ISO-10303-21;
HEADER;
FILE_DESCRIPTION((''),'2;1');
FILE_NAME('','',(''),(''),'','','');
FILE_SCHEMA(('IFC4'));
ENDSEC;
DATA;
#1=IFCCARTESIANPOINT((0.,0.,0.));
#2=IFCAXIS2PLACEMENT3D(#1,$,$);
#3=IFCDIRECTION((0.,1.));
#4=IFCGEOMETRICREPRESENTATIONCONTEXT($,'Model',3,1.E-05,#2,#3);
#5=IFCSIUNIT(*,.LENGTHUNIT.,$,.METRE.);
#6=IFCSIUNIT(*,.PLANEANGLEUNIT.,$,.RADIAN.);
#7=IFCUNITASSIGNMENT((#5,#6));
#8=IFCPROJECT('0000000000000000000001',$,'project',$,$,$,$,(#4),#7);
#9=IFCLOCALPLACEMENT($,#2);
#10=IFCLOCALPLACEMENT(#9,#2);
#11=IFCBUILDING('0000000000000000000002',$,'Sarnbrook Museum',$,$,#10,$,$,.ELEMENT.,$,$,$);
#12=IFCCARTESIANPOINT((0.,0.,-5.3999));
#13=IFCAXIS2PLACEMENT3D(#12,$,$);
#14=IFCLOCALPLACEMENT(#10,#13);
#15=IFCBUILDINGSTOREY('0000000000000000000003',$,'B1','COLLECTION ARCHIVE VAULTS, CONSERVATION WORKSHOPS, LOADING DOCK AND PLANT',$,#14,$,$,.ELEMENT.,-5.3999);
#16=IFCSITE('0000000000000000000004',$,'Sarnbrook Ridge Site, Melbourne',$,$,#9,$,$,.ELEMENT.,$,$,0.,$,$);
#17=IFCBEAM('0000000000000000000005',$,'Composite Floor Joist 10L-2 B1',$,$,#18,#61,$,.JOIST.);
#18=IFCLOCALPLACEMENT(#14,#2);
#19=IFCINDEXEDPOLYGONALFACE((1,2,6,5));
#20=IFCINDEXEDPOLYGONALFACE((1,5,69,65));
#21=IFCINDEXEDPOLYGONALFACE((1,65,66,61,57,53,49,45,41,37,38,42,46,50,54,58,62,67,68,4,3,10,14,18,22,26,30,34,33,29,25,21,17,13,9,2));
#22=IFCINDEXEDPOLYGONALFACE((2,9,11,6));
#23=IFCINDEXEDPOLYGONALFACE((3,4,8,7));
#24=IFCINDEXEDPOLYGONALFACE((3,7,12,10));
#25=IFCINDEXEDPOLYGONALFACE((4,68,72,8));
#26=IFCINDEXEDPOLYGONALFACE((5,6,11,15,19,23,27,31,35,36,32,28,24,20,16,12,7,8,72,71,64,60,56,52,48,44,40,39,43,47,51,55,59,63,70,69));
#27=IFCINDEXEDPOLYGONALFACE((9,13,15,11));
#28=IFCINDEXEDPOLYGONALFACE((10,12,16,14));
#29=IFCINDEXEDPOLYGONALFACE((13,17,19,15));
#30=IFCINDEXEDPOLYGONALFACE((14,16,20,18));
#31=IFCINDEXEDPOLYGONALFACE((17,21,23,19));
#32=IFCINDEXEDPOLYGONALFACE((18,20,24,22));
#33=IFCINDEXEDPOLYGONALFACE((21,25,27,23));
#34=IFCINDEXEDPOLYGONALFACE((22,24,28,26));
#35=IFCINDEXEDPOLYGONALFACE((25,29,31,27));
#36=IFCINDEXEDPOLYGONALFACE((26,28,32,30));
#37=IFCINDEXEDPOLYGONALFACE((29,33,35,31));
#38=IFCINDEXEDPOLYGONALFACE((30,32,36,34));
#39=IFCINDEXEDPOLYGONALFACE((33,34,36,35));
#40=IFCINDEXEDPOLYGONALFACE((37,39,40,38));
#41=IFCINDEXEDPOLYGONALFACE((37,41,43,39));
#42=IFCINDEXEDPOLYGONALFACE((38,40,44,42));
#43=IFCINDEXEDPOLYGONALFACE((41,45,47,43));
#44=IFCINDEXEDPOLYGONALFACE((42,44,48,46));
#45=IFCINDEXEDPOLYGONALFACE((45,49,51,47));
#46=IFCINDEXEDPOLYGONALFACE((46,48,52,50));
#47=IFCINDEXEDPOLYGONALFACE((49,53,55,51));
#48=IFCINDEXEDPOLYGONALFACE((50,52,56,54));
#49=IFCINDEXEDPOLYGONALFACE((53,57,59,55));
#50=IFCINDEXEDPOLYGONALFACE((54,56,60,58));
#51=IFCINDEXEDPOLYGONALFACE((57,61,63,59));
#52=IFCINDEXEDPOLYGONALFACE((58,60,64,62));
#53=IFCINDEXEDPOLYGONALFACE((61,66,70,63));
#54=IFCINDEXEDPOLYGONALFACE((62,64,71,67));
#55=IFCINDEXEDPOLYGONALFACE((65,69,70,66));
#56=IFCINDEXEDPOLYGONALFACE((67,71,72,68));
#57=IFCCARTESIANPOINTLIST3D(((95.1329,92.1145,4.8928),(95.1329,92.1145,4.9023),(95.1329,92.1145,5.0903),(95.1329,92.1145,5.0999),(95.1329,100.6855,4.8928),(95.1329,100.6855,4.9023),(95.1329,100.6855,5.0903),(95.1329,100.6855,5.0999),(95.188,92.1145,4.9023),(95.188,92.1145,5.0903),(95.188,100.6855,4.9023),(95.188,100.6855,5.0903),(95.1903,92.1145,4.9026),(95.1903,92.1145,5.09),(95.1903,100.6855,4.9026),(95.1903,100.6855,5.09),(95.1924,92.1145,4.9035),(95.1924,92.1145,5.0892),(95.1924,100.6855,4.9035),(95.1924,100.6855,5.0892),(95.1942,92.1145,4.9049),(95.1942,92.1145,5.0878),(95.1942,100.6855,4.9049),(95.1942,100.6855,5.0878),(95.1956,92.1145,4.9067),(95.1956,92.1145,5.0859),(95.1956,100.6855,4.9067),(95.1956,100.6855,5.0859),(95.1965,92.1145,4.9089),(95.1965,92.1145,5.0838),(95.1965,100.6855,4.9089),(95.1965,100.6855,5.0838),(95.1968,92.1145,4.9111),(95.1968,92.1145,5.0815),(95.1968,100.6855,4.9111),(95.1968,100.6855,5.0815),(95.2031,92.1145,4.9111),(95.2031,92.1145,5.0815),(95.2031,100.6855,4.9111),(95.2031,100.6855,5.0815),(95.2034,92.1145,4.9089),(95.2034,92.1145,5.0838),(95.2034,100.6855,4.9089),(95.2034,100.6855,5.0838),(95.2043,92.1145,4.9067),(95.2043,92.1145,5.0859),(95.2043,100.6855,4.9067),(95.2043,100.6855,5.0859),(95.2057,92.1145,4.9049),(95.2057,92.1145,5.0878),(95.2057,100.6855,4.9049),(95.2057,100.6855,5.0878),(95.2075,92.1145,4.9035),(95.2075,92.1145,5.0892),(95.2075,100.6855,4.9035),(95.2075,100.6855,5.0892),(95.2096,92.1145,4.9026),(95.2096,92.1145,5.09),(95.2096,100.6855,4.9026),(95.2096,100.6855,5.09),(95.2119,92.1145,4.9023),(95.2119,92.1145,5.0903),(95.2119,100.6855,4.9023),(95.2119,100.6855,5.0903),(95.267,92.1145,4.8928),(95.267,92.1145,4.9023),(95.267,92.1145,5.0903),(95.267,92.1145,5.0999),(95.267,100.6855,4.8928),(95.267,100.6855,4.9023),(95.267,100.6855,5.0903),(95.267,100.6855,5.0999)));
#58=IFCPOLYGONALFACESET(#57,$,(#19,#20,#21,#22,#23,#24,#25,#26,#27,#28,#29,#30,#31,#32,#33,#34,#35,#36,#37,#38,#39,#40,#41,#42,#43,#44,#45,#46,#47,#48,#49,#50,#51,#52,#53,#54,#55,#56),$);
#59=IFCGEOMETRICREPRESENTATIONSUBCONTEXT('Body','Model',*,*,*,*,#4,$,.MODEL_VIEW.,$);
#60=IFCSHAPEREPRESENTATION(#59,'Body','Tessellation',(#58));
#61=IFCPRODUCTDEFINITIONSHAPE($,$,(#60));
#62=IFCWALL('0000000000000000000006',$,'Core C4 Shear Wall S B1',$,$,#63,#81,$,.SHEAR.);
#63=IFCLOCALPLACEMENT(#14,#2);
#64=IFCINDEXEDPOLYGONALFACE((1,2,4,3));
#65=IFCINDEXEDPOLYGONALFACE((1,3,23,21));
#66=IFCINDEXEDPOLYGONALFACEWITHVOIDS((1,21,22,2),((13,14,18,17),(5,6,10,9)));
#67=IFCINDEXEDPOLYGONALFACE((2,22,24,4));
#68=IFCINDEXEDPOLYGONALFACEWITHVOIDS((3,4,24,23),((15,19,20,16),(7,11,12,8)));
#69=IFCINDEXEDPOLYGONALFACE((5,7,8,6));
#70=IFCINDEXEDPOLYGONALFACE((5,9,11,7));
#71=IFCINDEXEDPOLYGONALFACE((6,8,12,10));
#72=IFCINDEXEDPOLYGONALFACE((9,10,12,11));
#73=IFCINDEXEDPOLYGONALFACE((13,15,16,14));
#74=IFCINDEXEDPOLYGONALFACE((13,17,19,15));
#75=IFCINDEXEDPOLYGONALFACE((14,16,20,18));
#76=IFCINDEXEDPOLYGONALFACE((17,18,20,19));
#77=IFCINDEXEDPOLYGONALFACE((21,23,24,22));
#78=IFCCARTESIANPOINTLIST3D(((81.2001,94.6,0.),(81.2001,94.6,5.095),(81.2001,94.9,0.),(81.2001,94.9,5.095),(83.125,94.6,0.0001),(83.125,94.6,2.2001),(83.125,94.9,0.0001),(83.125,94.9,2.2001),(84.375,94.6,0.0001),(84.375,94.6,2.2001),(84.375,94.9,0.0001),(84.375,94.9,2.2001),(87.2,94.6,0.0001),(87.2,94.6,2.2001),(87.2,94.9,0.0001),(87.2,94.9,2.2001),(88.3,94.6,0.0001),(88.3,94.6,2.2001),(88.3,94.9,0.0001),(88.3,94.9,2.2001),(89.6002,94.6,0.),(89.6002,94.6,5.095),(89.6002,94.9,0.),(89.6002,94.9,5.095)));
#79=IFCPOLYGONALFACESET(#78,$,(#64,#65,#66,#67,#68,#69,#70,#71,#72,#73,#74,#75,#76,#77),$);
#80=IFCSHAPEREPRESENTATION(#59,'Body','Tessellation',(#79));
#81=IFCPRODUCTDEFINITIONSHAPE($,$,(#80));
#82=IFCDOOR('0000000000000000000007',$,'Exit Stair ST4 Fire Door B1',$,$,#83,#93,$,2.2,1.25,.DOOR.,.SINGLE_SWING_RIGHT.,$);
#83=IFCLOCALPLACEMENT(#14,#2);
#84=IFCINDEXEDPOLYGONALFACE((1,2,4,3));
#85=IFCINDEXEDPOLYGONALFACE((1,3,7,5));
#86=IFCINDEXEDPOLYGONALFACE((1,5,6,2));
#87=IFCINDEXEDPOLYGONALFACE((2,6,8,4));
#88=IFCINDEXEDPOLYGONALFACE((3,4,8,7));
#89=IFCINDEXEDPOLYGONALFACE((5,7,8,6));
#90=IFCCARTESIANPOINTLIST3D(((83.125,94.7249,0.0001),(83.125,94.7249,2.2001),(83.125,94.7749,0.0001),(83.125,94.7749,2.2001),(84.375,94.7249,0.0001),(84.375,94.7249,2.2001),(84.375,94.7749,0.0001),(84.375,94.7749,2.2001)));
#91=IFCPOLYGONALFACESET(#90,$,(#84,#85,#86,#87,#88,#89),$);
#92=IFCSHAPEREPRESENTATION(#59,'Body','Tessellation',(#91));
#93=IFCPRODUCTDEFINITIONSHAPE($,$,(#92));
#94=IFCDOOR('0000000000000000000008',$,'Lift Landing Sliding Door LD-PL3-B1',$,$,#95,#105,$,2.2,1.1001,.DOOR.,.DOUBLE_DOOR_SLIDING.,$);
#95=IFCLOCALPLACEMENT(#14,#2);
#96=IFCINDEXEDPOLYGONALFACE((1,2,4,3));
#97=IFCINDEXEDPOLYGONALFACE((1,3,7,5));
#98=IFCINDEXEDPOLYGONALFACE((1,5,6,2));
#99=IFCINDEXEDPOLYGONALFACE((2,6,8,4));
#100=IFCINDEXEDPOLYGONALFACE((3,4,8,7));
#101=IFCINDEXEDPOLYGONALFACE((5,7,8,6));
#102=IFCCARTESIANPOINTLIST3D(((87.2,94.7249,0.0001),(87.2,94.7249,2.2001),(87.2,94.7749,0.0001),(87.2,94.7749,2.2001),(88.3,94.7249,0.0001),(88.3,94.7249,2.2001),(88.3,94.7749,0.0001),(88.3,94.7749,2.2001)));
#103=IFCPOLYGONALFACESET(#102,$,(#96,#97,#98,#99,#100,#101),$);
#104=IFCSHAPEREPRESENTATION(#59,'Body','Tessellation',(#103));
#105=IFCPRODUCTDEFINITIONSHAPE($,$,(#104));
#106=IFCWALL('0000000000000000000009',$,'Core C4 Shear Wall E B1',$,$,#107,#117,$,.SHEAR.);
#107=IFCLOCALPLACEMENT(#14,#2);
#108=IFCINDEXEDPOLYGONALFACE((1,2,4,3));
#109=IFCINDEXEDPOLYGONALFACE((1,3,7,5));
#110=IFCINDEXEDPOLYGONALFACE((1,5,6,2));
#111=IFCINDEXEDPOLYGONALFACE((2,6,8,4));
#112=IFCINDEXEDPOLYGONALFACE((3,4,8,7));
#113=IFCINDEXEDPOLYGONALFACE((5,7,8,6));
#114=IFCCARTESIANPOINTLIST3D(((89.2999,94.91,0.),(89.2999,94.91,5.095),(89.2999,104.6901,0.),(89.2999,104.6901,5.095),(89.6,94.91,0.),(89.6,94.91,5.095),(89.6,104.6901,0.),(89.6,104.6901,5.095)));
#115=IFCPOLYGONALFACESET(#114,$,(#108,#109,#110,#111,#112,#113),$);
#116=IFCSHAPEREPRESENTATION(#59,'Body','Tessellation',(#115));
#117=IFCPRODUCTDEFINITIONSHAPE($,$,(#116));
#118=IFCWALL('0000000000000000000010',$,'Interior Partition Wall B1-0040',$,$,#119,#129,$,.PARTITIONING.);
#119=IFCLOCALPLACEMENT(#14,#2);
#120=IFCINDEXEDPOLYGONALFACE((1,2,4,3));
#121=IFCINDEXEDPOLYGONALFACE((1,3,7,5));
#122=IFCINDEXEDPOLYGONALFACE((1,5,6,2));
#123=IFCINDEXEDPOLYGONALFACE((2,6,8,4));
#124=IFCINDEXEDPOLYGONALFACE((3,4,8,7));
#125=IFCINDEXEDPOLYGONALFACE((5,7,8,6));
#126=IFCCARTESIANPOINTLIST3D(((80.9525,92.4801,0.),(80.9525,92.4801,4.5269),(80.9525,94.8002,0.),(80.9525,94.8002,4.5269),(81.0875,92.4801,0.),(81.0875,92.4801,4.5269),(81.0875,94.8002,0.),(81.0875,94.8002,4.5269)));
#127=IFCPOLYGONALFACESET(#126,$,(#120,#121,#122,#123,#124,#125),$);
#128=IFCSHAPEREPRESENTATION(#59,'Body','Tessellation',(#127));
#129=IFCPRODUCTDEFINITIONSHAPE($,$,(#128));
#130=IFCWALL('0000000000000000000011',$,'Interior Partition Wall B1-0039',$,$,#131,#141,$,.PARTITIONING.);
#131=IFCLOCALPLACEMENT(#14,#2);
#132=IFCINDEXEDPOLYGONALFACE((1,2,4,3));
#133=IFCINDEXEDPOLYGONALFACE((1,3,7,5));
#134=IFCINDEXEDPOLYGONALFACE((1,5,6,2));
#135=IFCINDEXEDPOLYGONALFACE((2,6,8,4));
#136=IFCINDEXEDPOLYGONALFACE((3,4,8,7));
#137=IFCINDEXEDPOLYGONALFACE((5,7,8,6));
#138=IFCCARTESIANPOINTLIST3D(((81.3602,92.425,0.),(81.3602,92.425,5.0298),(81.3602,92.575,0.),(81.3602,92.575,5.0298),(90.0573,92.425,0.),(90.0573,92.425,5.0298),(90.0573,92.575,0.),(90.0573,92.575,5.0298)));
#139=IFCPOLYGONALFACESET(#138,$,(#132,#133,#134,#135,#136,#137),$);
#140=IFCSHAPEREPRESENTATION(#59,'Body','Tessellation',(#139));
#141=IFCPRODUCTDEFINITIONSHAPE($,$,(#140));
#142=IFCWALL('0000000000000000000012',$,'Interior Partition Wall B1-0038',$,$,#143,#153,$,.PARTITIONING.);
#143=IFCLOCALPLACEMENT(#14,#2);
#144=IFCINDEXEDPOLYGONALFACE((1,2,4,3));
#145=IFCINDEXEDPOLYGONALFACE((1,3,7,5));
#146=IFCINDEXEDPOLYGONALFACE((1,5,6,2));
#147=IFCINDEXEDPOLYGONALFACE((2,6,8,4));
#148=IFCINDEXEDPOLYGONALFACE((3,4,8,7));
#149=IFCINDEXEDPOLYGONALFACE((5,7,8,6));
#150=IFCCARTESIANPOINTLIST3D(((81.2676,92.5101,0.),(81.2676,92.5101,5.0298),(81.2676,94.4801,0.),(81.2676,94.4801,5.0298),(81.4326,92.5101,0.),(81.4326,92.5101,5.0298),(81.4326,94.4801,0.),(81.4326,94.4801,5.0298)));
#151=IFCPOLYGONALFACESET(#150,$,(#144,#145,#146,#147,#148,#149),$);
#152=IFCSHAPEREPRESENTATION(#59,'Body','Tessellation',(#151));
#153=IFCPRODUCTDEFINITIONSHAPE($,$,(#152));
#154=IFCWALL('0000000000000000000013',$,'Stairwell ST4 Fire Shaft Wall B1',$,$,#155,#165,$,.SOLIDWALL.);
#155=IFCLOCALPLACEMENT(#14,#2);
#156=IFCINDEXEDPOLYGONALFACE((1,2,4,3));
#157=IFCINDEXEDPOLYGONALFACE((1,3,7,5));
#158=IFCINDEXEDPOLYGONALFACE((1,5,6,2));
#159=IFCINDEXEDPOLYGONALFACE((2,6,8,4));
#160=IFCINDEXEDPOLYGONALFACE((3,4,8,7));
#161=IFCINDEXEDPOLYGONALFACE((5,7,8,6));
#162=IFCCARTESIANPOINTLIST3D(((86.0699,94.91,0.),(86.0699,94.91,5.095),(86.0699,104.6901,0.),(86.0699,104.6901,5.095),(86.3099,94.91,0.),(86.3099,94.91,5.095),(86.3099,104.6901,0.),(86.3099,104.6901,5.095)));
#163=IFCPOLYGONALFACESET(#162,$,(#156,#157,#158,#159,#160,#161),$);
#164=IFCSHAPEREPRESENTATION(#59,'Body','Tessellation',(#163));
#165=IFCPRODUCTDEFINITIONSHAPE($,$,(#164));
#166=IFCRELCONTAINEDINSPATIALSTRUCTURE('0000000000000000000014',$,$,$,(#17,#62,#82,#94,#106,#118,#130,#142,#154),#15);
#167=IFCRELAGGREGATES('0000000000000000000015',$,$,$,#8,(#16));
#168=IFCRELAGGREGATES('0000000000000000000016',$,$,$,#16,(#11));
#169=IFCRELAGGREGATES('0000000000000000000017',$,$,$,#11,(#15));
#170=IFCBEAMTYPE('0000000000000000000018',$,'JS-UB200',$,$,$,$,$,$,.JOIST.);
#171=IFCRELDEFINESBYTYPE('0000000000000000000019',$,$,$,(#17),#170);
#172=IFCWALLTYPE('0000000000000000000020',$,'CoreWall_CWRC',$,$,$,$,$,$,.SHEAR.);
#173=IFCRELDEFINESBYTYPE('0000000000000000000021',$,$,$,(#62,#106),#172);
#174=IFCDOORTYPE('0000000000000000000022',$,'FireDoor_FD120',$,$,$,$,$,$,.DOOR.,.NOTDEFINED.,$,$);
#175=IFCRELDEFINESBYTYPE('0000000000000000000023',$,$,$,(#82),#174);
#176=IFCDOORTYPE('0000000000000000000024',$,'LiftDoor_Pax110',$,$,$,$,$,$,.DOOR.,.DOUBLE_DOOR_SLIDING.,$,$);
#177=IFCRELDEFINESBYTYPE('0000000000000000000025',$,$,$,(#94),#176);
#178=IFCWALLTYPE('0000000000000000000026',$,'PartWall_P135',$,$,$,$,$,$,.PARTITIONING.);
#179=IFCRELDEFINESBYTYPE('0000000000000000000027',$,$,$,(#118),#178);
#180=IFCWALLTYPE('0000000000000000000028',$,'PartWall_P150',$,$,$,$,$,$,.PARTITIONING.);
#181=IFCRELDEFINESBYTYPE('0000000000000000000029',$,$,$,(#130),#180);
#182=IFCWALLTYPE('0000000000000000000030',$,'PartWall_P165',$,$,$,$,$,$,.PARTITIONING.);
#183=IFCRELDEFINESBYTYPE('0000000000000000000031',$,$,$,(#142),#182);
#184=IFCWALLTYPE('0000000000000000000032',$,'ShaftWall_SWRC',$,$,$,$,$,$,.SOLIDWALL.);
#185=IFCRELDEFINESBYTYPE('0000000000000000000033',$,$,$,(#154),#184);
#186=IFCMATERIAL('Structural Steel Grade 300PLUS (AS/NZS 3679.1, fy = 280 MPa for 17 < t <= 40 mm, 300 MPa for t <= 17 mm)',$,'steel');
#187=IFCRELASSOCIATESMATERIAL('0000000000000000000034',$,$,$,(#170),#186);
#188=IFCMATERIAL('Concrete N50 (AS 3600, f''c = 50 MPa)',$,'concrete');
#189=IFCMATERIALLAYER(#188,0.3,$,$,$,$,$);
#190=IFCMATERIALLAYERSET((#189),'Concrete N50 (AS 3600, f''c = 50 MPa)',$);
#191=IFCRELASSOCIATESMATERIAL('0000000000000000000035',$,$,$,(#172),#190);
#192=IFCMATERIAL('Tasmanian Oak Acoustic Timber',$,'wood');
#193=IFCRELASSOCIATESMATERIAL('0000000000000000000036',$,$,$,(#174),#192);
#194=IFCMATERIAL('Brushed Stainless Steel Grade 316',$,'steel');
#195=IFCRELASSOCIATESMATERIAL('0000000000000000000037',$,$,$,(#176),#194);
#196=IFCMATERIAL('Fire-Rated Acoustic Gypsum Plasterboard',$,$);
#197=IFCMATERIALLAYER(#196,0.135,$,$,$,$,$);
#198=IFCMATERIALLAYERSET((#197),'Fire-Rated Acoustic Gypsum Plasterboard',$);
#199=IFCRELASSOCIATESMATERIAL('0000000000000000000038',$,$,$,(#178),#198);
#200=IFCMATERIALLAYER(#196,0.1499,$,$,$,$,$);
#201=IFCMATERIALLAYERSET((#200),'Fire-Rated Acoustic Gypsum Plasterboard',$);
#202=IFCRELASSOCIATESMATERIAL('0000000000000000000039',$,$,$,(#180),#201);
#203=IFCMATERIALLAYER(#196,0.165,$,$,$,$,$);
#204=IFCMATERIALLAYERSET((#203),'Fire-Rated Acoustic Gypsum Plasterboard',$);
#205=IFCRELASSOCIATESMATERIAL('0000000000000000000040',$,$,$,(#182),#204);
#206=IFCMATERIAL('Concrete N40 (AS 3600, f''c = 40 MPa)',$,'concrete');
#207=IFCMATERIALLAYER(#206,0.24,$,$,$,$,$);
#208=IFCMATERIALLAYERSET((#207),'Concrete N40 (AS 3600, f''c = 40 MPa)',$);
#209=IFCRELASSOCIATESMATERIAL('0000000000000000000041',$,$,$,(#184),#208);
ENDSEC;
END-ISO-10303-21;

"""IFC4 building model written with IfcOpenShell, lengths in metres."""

from ifc_helpers import new_model, si_unit, direction, frame, frame_2d, origin, origin_2d, place, context, subcontext, project, spatial, rectangle, i_section, extrude, material, layer, layer_set, material_profile, profile_set, type_object, element, fill, save


model = new_model("IFC4")

# Units and contexts
model_context = context("Model", 3, precision=1e-05, world=origin(), true_north=direction((0.0, 1.0)))
body_context = subcontext(model_context, "Body", "Model", "MODEL_VIEW")
ifc_project = project(units=[si_unit("LENGTHUNIT", "METRE"), si_unit("PLANEANGLEUNIT", "RADIAN")], contexts=[model_context])

# Site, building, storey
site_placement = place(None, origin())
site = spatial("IfcSite", under=ifc_project, at=site_placement, Name="Sarnbrook Ridge Site, Melbourne", CompositionType="ELEMENT", RefElevation=0.0)
building_placement = place(site_placement, origin())
building = spatial("IfcBuilding", under=site, at=building_placement, Name="Sarnbrook Museum", CompositionType="ELEMENT")
storey_placement = place(building_placement, frame((0.0, 0.0, -5.3999)))
storey = spatial("IfcBuildingStorey", under=building, at=storey_placement, Name="B1", Description="COLLECTION ARCHIVE VAULTS, CONSERVATION WORKSHOPS, LOADING DOCK AND PLANT", CompositionType="ELEMENT", Elevation=-5.3999)

# Shared definitions
ifc_material_1 = material(Name="Concrete N50 (AS 3600, f'c = 50 MPa)", Category="concrete")

# Shared definitions
ifc_material_2 = material(Name="Concrete N40 (AS 3600, f'c = 40 MPa)", Category="concrete")

# Beam
ifc_material_3 = material(Name="Structural Steel Grade 300PLUS (AS/NZS 3679.1, fy = 280 MPa for 17 < t <= 40 mm, 300 MPa for t <= 17 mm)", Category="steel")
ifc_material_profile_1 = material_profile(ifc_material_3, i_section(OverallWidth=0.134, OverallDepth=0.207, WebThickness=0.0063, FlangeThickness=0.0095, FilletRadius=0.0088, at=origin_2d()), Name="200UB29.8")
ifc_profile_set_1 = profile_set([ifc_material_profile_1], Name="Structural Steel Grade 300PLUS (AS/NZS 3679.1, fy = 280 MPa for 17 < t <= 40 mm, 300 MPa for t <= 17 mm)")
beam_type_1 = type_object("IfcBeamType", Name="JS-UB200", PredefinedType="JOIST", material=ifc_profile_set_1)
for number, where, z_axis, x_axis, name in (
    (1, (95.2, 92.1145, 4.9963), (0.0, 1.0, 0.0), (-1.0, 0.0, 0.0), "Composite Floor Joist 10L-2 B1"),
):
    element("IfcBeam", number, at=place(storey_placement, frame(where, z_axis=z_axis, x_axis=x_axis)), inside=storey, type_object=beam_type_1, Name=name, PredefinedType="JOIST", context=body_context, shape_type="SweptSolid", body=[
        extrude(i_section(OverallWidth=0.134, OverallDepth=0.207, WebThickness=0.0063, FlangeThickness=0.0095, FilletRadius=0.0088, at=origin_2d()), origin(), (0.0, 0.0, 1.0), 8.571),
    ])

# Wall, openings, doors
ifc_layer_1 = layer(ifc_material_1, 0.3)
ifc_layer_set_1 = layer_set([ifc_layer_1], Name="Concrete N50 (AS 3600, f'c = 50 MPa)")
wall_type_1 = type_object("IfcWallType", Name="CoreWall_CWRC", PredefinedType="SHEAR", material=ifc_layer_set_1)
wall_1_placement = place(storey_placement, frame((81.2, 94.75, 0.0), z_axis=(0.0, 0.0, 1.0), x_axis=(1.0, 0.0, 0.0)))
wall_1 = element("IfcWall", 2, at=wall_1_placement, inside=storey, type_object=wall_type_1, Name="Core C4 Shear Wall S B1", PredefinedType="SHEAR", context=body_context, shape_type="SweptSolid", body=[
    extrude(rectangle(XDim=8.4001, YDim=0.3, at=frame_2d((4.2002, 0.0))), origin(), (0.0, 0.0, 1.0), 5.095),
])
opening_1_placement = place(wall_1_placement, frame((1.925, 0.0, 0.0)))
opening_1 = element("IfcOpeningElement", 3, at=opening_1_placement, cuts=wall_1, PredefinedType="OPENING", context=body_context, shape_type="SweptSolid", body=[
    extrude(rectangle(XDim=1.25, YDim=2.2, at=frame_2d((0.625, 1.1001))), frame((0.0, 0.1602, 0.0), z_axis=(0.0, -1.0, 0.0), x_axis=(1.0, 0.0, 0.0)), (0.0, 0.0, 1.0), 0.3201),
])
opening_2_placement = place(wall_1_placement, frame((6.0, 0.0, 0.0)))
opening_2 = element("IfcOpeningElement", 4, at=opening_2_placement, cuts=wall_1, PredefinedType="OPENING", context=body_context, shape_type="SweptSolid", body=[
    extrude(rectangle(XDim=1.1001, YDim=2.2, at=frame_2d((0.55, 1.1001))), frame((0.0, 0.1602, 0.0), z_axis=(0.0, -1.0, 0.0), x_axis=(1.0, 0.0, 0.0)), (0.0, 0.0, 1.0), 0.3201),
])
ifc_material_4 = material(Name="Tasmanian Oak Acoustic Timber", Category="wood")
door_type_1 = type_object("IfcDoorType", Name="FireDoor_FD120", OperationType="NOTDEFINED", PredefinedType="DOOR", material=ifc_material_4)
door_1_placement = place(opening_1_placement, origin())
door_1 = element("IfcDoor", 5, at=door_1_placement, inside=storey, type_object=door_type_1, Name="Exit Stair ST4 Fire Door B1", OperationType="SINGLE_SWING_RIGHT", OverallHeight=2.2, OverallWidth=1.25, PredefinedType="DOOR", context=body_context, shape_type="SweptSolid", body=[
    extrude(rectangle(XDim=1.25, YDim=2.2, at=frame_2d((0.625, 1.1001))), frame((0.0, 0.0249, 0.0), z_axis=(0.0, -1.0, 0.0), x_axis=(1.0, 0.0, 0.0)), (0.0, 0.0, 1.0), 0.05),
])
fill(opening_1, door_1)
ifc_material_5 = material(Name="Brushed Stainless Steel Grade 316", Category="steel")
door_type_2 = type_object("IfcDoorType", Name="LiftDoor_Pax110", OperationType="DOUBLE_DOOR_SLIDING", PredefinedType="DOOR", material=ifc_material_5)
door_2_placement = place(opening_2_placement, origin())
door_2 = element("IfcDoor", 6, at=door_2_placement, inside=storey, type_object=door_type_2, Name="Lift Landing Sliding Door LD-PL3-B1", OperationType="DOUBLE_DOOR_SLIDING", OverallHeight=2.2, OverallWidth=1.1001, PredefinedType="DOOR", context=body_context, shape_type="SweptSolid", body=[
    extrude(rectangle(XDim=1.1001, YDim=2.2, at=frame_2d((0.55, 1.1001))), frame((0.0, 0.0249, 0.0), z_axis=(0.0, -1.0, 0.0), x_axis=(1.0, 0.0, 0.0)), (0.0, 0.0, 1.0), 0.05),
])
fill(opening_2, door_2)

# Walls
wall_2_placement = place(storey_placement, frame((89.45, 94.9099, 0.0), z_axis=(0.0, 0.0, 1.0), x_axis=(0.0, 1.0, 0.0)))
element("IfcWall", 7, at=wall_2_placement, inside=storey, type_object=wall_type_1, Name="Core C4 Shear Wall E B1", PredefinedType="SHEAR", context=body_context, shape_type="SweptSolid", body=[
    extrude(rectangle(XDim=9.78, YDim=0.3, at=frame_2d((4.8901, 0.0))), origin(), (0.0, 0.0, 1.0), 5.095),
])
ifc_material_6 = material(Name="Fire-Rated Acoustic Gypsum Plasterboard")
ifc_layer_2 = layer(ifc_material_6, 0.135)
ifc_layer_set_2 = layer_set([ifc_layer_2], Name="Fire-Rated Acoustic Gypsum Plasterboard")
wall_type_2 = type_object("IfcWallType", Name="PartWall_P135", PredefinedType="PARTITIONING", material=ifc_layer_set_2)
wall_3_placement = place(storey_placement, frame((81.02, 92.48, 0.0), z_axis=(0.0, 0.0, 1.0), x_axis=(0.0, 1.0, 0.0)))
element("IfcWall", 8, at=wall_3_placement, inside=storey, type_object=wall_type_2, Name="Interior Partition Wall B1-0040", PredefinedType="PARTITIONING", context=body_context, shape_type="SweptSolid", body=[
    extrude(rectangle(XDim=2.3201, YDim=0.135, at=frame_2d((1.1602, 0.0))), origin(), (0.0, 0.0, 1.0), 4.5269),
])
ifc_layer_3 = layer(ifc_material_6, 0.1499)
ifc_layer_set_3 = layer_set([ifc_layer_3], Name="Fire-Rated Acoustic Gypsum Plasterboard")
wall_type_3 = type_object("IfcWallType", Name="PartWall_P150", PredefinedType="PARTITIONING", material=ifc_layer_set_3)
wall_4_placement = place(storey_placement, frame((81.3601, 92.5, 0.0), z_axis=(0.0, 0.0, 1.0), x_axis=(1.0, 0.0, 0.0)))
element("IfcWall", 9, at=wall_4_placement, inside=storey, type_object=wall_type_3, Name="Interior Partition Wall B1-0039", PredefinedType="PARTITIONING", context=body_context, shape_type="SweptSolid", body=[
    extrude(rectangle(XDim=8.697, YDim=0.1499, at=frame_2d((4.3486, 0.0))), origin(), (0.0, 0.0, 1.0), 5.0298),
])
ifc_layer_4 = layer(ifc_material_6, 0.165)
ifc_layer_set_4 = layer_set([ifc_layer_4], Name="Fire-Rated Acoustic Gypsum Plasterboard")
wall_type_4 = type_object("IfcWallType", Name="PartWall_P165", PredefinedType="PARTITIONING", material=ifc_layer_set_4)
wall_5_placement = place(storey_placement, frame((81.3501, 94.48, 0.0), z_axis=(0.0, 0.0, 1.0), x_axis=(0.0, -1.0, 0.0)))
element("IfcWall", 10, at=wall_5_placement, inside=storey, type_object=wall_type_4, Name="Interior Partition Wall B1-0038", PredefinedType="PARTITIONING", context=body_context, shape_type="SweptSolid", body=[
    extrude(rectangle(XDim=1.97, YDim=0.165, at=frame_2d((0.9849, 0.0))), origin(), (0.0, 0.0, 1.0), 5.0298),
])
ifc_layer_5 = layer(ifc_material_2, 0.24)
ifc_layer_set_5 = layer_set([ifc_layer_5], Name="Concrete N40 (AS 3600, f'c = 40 MPa)")
wall_type_5 = type_object("IfcWallType", Name="ShaftWall_SWRC", PredefinedType="SOLIDWALL", material=ifc_layer_set_5)
wall_6_placement = place(storey_placement, frame((86.1899, 94.9099, 0.0), z_axis=(0.0, 0.0, 1.0), x_axis=(0.0, 1.0, 0.0)))
element("IfcWall", 11, at=wall_6_placement, inside=storey, type_object=wall_type_5, Name="Stairwell ST4 Fire Shaft Wall B1", PredefinedType="SOLIDWALL", context=body_context, shape_type="SweptSolid", body=[
    extrude(rectangle(XDim=9.78, YDim=0.24, at=frame_2d((4.8901, 0.0))), origin(), (0.0, 0.0, 1.0), 5.095),
])

save(model, "model.ifc")
